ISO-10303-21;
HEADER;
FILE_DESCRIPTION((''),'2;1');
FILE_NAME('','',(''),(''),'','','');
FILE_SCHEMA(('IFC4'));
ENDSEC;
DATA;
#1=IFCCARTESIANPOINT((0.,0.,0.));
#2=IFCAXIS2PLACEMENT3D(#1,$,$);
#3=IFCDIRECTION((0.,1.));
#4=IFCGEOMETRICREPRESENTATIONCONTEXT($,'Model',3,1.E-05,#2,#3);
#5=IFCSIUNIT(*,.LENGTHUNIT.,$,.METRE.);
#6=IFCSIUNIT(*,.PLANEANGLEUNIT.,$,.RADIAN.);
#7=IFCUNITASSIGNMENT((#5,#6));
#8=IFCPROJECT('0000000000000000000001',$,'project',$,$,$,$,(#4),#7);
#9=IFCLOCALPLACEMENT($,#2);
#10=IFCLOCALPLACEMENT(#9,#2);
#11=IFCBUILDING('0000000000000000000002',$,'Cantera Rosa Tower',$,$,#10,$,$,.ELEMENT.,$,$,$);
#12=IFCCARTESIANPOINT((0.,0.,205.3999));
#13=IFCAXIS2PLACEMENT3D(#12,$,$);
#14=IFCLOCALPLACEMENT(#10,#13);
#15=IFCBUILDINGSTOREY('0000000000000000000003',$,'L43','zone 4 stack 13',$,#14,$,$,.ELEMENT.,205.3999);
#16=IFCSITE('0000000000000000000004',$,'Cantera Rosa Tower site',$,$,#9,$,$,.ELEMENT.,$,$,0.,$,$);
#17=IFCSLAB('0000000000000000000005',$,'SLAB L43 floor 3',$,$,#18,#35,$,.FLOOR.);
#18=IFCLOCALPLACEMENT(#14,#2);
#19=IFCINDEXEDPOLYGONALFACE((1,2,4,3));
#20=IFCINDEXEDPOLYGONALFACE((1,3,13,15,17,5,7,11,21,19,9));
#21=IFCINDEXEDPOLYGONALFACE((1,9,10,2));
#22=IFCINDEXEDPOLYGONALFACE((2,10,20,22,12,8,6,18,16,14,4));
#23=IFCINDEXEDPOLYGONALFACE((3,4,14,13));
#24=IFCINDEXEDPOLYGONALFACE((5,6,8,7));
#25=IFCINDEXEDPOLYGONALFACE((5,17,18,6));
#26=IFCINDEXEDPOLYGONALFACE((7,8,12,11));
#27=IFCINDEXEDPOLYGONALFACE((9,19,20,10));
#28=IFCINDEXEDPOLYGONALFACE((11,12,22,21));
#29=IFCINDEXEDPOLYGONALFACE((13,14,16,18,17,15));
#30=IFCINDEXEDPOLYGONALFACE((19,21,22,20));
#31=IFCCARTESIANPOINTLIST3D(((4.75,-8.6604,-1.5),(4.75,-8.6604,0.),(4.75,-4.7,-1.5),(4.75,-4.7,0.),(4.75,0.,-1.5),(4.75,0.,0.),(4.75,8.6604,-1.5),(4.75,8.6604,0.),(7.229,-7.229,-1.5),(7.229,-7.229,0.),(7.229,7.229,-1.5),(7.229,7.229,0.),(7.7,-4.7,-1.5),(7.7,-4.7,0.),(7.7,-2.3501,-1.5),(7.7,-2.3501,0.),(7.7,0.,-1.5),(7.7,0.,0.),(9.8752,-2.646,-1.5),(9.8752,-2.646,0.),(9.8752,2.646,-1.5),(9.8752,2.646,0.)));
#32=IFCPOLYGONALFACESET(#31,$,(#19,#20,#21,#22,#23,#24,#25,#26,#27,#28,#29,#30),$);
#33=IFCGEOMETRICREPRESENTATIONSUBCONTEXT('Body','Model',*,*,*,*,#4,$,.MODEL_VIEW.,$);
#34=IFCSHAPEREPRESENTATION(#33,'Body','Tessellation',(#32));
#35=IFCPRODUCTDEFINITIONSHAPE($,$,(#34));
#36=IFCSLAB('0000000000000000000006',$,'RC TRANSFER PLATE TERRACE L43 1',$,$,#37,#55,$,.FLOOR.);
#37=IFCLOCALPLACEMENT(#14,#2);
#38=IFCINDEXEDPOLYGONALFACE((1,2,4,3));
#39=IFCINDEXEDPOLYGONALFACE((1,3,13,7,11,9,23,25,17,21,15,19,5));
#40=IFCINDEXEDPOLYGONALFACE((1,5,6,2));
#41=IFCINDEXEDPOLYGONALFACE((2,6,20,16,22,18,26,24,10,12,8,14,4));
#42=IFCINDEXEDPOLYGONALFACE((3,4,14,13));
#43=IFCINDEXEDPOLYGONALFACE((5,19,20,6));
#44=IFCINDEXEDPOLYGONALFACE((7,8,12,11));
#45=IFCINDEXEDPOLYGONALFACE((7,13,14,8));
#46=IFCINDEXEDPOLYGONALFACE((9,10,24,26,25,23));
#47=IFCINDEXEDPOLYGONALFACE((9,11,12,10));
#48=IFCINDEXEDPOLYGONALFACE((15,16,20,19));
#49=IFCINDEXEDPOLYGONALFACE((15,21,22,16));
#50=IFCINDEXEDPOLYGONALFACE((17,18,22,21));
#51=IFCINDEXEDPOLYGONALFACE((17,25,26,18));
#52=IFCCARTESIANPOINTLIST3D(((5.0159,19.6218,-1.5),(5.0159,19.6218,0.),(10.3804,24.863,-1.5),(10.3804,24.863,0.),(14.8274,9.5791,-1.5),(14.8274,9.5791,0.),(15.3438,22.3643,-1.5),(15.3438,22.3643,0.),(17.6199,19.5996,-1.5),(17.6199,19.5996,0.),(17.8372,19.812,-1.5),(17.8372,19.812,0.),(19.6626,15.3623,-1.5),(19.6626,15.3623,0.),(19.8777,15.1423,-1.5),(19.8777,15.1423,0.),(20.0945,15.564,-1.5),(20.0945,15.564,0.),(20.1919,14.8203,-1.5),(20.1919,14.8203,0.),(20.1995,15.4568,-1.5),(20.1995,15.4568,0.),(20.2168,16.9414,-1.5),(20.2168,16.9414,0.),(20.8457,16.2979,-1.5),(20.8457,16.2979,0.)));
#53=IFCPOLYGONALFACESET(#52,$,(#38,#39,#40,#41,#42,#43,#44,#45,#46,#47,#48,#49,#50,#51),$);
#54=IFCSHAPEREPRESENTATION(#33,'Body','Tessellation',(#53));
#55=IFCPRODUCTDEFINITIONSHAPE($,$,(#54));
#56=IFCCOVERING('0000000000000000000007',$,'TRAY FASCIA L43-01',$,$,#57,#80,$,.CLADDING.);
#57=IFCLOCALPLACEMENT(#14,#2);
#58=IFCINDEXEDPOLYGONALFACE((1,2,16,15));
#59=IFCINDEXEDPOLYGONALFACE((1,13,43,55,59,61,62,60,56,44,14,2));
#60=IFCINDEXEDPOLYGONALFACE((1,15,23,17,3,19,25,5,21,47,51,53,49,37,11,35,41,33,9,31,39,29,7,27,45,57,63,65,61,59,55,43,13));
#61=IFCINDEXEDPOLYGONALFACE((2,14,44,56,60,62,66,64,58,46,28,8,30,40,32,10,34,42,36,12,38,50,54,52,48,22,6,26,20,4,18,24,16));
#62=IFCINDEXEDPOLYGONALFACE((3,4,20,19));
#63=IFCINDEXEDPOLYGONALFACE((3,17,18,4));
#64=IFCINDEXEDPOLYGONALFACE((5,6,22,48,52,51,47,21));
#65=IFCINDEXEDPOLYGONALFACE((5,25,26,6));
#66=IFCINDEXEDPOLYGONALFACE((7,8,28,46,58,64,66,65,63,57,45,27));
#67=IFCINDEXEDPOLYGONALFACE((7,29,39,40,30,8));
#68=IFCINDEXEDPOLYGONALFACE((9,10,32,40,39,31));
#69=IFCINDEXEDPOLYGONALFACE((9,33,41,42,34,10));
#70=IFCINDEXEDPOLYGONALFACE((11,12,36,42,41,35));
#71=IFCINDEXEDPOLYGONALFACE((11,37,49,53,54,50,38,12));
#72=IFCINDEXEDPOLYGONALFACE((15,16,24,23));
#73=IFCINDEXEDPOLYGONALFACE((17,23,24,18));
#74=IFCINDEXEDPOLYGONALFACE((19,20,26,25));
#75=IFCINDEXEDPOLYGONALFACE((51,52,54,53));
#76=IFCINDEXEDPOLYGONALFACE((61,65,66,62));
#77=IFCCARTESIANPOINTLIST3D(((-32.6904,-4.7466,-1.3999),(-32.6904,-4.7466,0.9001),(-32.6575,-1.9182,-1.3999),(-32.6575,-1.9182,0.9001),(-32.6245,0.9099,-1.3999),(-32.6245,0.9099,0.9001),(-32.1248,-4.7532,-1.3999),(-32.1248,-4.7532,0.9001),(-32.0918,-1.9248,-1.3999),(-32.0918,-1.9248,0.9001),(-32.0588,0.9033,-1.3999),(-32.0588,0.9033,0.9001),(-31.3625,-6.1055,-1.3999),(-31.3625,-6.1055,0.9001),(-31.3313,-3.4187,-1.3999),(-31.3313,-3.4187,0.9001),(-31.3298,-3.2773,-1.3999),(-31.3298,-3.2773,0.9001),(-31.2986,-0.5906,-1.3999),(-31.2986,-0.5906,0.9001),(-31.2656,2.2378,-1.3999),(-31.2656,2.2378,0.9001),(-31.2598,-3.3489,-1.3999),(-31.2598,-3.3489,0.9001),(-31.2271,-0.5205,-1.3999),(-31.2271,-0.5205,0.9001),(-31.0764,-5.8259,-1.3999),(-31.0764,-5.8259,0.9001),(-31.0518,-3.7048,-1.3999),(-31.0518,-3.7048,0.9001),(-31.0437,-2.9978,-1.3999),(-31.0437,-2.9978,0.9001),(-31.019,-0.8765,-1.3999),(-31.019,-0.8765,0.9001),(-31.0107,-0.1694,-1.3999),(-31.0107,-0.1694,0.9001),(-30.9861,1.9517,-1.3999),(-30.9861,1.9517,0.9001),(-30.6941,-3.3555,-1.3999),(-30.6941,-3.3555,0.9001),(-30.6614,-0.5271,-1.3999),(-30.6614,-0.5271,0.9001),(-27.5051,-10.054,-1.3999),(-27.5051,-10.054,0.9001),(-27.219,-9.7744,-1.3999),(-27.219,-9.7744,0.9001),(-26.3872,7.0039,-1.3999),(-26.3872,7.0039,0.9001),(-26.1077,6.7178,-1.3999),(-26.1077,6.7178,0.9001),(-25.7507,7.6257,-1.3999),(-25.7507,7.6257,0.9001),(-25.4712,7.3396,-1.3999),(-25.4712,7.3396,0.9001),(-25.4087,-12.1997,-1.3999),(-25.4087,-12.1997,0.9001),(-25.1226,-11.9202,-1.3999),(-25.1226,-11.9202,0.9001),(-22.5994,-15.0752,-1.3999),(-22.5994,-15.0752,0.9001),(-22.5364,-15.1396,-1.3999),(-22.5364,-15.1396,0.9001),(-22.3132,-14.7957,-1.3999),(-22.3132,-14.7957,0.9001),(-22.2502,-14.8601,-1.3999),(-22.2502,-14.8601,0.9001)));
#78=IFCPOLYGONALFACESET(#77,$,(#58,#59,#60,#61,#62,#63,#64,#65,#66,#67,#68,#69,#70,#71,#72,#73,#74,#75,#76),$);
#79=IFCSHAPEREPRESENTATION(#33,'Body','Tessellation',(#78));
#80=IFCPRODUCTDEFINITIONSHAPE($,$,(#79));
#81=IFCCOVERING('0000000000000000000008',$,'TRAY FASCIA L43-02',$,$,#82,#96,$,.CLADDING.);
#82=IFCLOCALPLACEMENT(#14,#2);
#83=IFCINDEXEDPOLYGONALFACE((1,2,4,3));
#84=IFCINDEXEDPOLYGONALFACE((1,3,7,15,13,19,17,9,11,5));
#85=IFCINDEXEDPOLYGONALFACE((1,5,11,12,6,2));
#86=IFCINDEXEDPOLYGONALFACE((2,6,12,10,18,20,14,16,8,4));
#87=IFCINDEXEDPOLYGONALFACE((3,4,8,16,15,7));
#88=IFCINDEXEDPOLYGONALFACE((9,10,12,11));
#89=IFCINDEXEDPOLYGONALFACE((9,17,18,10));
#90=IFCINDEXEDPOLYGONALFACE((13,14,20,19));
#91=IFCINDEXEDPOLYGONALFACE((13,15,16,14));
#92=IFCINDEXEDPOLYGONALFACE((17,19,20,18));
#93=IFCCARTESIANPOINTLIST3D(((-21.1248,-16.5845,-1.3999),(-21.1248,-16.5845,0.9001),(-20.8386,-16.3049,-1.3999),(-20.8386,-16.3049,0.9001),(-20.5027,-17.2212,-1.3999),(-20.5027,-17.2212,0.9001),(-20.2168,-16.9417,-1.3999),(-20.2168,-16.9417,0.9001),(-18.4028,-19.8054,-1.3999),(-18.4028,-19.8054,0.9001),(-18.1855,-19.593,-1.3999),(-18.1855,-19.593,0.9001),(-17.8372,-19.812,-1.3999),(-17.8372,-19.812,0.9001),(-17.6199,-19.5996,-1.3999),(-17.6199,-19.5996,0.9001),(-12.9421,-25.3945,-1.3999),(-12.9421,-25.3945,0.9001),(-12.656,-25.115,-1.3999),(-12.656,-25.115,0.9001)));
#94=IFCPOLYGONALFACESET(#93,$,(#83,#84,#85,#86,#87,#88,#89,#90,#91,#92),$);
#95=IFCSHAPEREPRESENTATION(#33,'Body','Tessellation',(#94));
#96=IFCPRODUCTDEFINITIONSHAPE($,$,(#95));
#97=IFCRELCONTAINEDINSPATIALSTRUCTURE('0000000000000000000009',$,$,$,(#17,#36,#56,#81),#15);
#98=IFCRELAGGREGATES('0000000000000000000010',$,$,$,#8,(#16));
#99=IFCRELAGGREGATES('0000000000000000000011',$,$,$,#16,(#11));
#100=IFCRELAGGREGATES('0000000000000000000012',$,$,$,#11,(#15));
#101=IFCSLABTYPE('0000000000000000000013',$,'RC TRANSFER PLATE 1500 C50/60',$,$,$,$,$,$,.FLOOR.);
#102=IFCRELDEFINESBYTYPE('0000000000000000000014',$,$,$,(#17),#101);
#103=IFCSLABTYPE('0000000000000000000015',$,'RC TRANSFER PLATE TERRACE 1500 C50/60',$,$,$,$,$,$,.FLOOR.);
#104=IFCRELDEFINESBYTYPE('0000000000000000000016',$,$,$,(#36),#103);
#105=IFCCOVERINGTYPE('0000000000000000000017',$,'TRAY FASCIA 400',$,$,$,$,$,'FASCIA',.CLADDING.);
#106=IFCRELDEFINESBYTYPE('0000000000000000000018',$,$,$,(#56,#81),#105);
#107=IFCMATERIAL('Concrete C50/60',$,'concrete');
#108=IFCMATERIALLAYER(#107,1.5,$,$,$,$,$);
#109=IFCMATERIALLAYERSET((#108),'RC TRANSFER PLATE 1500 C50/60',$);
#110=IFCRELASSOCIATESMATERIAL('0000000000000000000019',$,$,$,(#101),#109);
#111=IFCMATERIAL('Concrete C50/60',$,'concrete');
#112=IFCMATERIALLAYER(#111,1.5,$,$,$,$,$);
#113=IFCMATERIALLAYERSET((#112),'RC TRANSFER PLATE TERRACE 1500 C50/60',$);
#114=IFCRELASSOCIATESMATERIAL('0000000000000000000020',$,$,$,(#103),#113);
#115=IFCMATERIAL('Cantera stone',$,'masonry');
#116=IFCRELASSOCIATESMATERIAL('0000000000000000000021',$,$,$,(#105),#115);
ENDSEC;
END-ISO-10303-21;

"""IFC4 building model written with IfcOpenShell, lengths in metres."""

from ifc_helpers import new_model, si_unit, direction, frame, origin, place, context, subcontext, project, spatial, polyline, outline, extrude, material, layer, layer_set, type_object, element, save


model = new_model("IFC4")

# Units and contexts
model_context = context("Model", 3, precision=1e-05, world=origin(), true_north=direction((0.0, 1.0)))
body_context = subcontext(model_context, "Body", "Model", "MODEL_VIEW")
ifc_project = project(units=[si_unit("LENGTHUNIT", "METRE"), si_unit("PLANEANGLEUNIT", "RADIAN")], contexts=[model_context])

# Site, building, storey
site_placement = place(None, origin())
site = spatial("IfcSite", under=ifc_project, at=site_placement, Name="Cantera Rosa Tower site", CompositionType="ELEMENT", RefElevation=0.0)
building_placement = place(site_placement, origin())
building = spatial("IfcBuilding", under=site, at=building_placement, Name="Cantera Rosa Tower", CompositionType="ELEMENT")
storey_placement = place(building_placement, frame((0.0, 0.0, 205.3999)))
storey = spatial("IfcBuildingStorey", under=building, at=storey_placement, Name="L43", Description="zone 4 stack 13", CompositionType="ELEMENT", Elevation=205.3999)

# Slabs
ifc_material_1 = material(Name="Concrete C50/60", Category="concrete")
ifc_layer_1 = layer(ifc_material_1, 1.5)
ifc_layer_set_1 = layer_set([ifc_layer_1], Name="RC TRANSFER PLATE 1500 C50/60")
slab_type_1 = type_object("IfcSlabType", Name="RC TRANSFER PLATE 1500 C50/60", PredefinedType="FLOOR", material=ifc_layer_set_1)
slab_1_placement = place(storey_placement, frame((0.0, 0.0, -1.5)))
element("IfcSlab", 1, at=slab_1_placement, inside=storey, type_object=slab_type_1, Name="SLAB L43 floor 3", PredefinedType="FLOOR", context=body_context, shape_type="SweptSolid", body=[
    extrude(outline(polyline([(4.75, 0.0), (4.75, 8.6604), (7.229, 7.229), (9.8752, 2.646), (9.8752, -2.646), (7.229, -7.229), (4.75, -8.6604), (4.75, -4.7), (7.7, -4.7), (7.7, -2.3501), (7.7, 0.0), (4.75, 0.0)])), origin(), (0.0, 0.0, 1.0), 1.5),
])
ifc_material_2 = material(Name="Concrete C50/60", Category="concrete")
ifc_layer_2 = layer(ifc_material_2, 1.5)
ifc_layer_set_2 = layer_set([ifc_layer_2], Name="RC TRANSFER PLATE TERRACE 1500 C50/60")
slab_type_2 = type_object("IfcSlabType", Name="RC TRANSFER PLATE TERRACE 1500 C50/60", PredefinedType="FLOOR", material=ifc_layer_set_2)
slab_2_placement = place(storey_placement, frame((0.0, 0.0, -1.5)))
element("IfcSlab", 2, at=slab_2_placement, inside=storey, type_object=slab_type_2, Name="RC TRANSFER PLATE TERRACE L43 1", PredefinedType="FLOOR", context=body_context, shape_type="SweptSolid", body=[
    extrude(outline(polyline([(17.8372, 19.812), (17.6199, 19.5996), (20.2168, 16.9414), (20.8457, 16.2979), (20.0945, 15.564), (20.1995, 15.4568), (19.8777, 15.1423), (20.1919, 14.8203), (14.8274, 9.5791), (5.0159, 19.6218), (10.3804, 24.863), (19.6626, 15.3623), (15.3438, 22.3643), (17.8372, 19.812)])), origin(), (0.0, 0.0, 1.0), 1.5),
])

# Coverings
ifc_material_3 = material(Name="Cantera stone", Category="masonry")
covering_type = type_object("IfcCoveringType", Name="TRAY FASCIA 400", ElementType="FASCIA", PredefinedType="CLADDING", material=ifc_material_3)
covering_1_placement = place(storey_placement, frame((0.0, 0.0, -1.3999)))
element("IfcCovering", 3, at=covering_1_placement, inside=storey, type_object=covering_type, Name="TRAY FASCIA L43-01", PredefinedType="CLADDING", context=body_context, shape_type="SweptSolid", body=[
    extrude(outline(polyline([(-22.5994, -15.0752), (-25.4087, -12.1997), (-27.5051, -10.054), (-31.3625, -6.1055), (-32.6904, -4.7466), (-31.3313, -3.4187), (-31.2598, -3.3489), (-31.3298, -3.2773), (-32.6575, -1.9182), (-31.2986, -0.5906), (-31.2271, -0.5205), (-32.6245, 0.9099), (-31.2656, 2.2378), (-26.3872, 7.0039), (-25.7507, 7.6257), (-25.4712, 7.3396), (-26.1077, 6.7178), (-30.9861, 1.9517), (-32.0588, 0.9033), (-31.0107, -0.1694), (-30.6614, -0.5271), (-31.019, -0.8765), (-32.0918, -1.9248), (-31.0437, -2.9978), (-30.6941, -3.3555), (-31.0518, -3.7048), (-32.1248, -4.7532), (-31.0764, -5.8259), (-27.219, -9.7744), (-25.1226, -11.9202), (-22.3132, -14.7957), (-22.2502, -14.8601), (-22.5364, -15.1396), (-22.5994, -15.0752)])), origin(), (0.0, 0.0, 1.0), 2.3),
])
covering_2_placement = place(storey_placement, frame((0.0, 0.0, -1.3999)))
element("IfcCovering", 4, at=covering_2_placement, inside=storey, type_object=covering_type, Name="TRAY FASCIA L43-02", PredefinedType="CLADDING", context=body_context, shape_type="SweptSolid", body=[
    extrude(outline(polyline([(-18.4028, -19.8054), (-18.1855, -19.593), (-20.5027, -17.2212), (-21.1248, -16.5845), (-20.8386, -16.3049), (-20.2168, -16.9417), (-17.6199, -19.5996), (-17.8372, -19.812), (-12.656, -25.115), (-12.9421, -25.3945), (-18.4028, -19.8054)])), origin(), (0.0, 0.0, 1.0), 2.3),
])

save(model, "model.ifc")
